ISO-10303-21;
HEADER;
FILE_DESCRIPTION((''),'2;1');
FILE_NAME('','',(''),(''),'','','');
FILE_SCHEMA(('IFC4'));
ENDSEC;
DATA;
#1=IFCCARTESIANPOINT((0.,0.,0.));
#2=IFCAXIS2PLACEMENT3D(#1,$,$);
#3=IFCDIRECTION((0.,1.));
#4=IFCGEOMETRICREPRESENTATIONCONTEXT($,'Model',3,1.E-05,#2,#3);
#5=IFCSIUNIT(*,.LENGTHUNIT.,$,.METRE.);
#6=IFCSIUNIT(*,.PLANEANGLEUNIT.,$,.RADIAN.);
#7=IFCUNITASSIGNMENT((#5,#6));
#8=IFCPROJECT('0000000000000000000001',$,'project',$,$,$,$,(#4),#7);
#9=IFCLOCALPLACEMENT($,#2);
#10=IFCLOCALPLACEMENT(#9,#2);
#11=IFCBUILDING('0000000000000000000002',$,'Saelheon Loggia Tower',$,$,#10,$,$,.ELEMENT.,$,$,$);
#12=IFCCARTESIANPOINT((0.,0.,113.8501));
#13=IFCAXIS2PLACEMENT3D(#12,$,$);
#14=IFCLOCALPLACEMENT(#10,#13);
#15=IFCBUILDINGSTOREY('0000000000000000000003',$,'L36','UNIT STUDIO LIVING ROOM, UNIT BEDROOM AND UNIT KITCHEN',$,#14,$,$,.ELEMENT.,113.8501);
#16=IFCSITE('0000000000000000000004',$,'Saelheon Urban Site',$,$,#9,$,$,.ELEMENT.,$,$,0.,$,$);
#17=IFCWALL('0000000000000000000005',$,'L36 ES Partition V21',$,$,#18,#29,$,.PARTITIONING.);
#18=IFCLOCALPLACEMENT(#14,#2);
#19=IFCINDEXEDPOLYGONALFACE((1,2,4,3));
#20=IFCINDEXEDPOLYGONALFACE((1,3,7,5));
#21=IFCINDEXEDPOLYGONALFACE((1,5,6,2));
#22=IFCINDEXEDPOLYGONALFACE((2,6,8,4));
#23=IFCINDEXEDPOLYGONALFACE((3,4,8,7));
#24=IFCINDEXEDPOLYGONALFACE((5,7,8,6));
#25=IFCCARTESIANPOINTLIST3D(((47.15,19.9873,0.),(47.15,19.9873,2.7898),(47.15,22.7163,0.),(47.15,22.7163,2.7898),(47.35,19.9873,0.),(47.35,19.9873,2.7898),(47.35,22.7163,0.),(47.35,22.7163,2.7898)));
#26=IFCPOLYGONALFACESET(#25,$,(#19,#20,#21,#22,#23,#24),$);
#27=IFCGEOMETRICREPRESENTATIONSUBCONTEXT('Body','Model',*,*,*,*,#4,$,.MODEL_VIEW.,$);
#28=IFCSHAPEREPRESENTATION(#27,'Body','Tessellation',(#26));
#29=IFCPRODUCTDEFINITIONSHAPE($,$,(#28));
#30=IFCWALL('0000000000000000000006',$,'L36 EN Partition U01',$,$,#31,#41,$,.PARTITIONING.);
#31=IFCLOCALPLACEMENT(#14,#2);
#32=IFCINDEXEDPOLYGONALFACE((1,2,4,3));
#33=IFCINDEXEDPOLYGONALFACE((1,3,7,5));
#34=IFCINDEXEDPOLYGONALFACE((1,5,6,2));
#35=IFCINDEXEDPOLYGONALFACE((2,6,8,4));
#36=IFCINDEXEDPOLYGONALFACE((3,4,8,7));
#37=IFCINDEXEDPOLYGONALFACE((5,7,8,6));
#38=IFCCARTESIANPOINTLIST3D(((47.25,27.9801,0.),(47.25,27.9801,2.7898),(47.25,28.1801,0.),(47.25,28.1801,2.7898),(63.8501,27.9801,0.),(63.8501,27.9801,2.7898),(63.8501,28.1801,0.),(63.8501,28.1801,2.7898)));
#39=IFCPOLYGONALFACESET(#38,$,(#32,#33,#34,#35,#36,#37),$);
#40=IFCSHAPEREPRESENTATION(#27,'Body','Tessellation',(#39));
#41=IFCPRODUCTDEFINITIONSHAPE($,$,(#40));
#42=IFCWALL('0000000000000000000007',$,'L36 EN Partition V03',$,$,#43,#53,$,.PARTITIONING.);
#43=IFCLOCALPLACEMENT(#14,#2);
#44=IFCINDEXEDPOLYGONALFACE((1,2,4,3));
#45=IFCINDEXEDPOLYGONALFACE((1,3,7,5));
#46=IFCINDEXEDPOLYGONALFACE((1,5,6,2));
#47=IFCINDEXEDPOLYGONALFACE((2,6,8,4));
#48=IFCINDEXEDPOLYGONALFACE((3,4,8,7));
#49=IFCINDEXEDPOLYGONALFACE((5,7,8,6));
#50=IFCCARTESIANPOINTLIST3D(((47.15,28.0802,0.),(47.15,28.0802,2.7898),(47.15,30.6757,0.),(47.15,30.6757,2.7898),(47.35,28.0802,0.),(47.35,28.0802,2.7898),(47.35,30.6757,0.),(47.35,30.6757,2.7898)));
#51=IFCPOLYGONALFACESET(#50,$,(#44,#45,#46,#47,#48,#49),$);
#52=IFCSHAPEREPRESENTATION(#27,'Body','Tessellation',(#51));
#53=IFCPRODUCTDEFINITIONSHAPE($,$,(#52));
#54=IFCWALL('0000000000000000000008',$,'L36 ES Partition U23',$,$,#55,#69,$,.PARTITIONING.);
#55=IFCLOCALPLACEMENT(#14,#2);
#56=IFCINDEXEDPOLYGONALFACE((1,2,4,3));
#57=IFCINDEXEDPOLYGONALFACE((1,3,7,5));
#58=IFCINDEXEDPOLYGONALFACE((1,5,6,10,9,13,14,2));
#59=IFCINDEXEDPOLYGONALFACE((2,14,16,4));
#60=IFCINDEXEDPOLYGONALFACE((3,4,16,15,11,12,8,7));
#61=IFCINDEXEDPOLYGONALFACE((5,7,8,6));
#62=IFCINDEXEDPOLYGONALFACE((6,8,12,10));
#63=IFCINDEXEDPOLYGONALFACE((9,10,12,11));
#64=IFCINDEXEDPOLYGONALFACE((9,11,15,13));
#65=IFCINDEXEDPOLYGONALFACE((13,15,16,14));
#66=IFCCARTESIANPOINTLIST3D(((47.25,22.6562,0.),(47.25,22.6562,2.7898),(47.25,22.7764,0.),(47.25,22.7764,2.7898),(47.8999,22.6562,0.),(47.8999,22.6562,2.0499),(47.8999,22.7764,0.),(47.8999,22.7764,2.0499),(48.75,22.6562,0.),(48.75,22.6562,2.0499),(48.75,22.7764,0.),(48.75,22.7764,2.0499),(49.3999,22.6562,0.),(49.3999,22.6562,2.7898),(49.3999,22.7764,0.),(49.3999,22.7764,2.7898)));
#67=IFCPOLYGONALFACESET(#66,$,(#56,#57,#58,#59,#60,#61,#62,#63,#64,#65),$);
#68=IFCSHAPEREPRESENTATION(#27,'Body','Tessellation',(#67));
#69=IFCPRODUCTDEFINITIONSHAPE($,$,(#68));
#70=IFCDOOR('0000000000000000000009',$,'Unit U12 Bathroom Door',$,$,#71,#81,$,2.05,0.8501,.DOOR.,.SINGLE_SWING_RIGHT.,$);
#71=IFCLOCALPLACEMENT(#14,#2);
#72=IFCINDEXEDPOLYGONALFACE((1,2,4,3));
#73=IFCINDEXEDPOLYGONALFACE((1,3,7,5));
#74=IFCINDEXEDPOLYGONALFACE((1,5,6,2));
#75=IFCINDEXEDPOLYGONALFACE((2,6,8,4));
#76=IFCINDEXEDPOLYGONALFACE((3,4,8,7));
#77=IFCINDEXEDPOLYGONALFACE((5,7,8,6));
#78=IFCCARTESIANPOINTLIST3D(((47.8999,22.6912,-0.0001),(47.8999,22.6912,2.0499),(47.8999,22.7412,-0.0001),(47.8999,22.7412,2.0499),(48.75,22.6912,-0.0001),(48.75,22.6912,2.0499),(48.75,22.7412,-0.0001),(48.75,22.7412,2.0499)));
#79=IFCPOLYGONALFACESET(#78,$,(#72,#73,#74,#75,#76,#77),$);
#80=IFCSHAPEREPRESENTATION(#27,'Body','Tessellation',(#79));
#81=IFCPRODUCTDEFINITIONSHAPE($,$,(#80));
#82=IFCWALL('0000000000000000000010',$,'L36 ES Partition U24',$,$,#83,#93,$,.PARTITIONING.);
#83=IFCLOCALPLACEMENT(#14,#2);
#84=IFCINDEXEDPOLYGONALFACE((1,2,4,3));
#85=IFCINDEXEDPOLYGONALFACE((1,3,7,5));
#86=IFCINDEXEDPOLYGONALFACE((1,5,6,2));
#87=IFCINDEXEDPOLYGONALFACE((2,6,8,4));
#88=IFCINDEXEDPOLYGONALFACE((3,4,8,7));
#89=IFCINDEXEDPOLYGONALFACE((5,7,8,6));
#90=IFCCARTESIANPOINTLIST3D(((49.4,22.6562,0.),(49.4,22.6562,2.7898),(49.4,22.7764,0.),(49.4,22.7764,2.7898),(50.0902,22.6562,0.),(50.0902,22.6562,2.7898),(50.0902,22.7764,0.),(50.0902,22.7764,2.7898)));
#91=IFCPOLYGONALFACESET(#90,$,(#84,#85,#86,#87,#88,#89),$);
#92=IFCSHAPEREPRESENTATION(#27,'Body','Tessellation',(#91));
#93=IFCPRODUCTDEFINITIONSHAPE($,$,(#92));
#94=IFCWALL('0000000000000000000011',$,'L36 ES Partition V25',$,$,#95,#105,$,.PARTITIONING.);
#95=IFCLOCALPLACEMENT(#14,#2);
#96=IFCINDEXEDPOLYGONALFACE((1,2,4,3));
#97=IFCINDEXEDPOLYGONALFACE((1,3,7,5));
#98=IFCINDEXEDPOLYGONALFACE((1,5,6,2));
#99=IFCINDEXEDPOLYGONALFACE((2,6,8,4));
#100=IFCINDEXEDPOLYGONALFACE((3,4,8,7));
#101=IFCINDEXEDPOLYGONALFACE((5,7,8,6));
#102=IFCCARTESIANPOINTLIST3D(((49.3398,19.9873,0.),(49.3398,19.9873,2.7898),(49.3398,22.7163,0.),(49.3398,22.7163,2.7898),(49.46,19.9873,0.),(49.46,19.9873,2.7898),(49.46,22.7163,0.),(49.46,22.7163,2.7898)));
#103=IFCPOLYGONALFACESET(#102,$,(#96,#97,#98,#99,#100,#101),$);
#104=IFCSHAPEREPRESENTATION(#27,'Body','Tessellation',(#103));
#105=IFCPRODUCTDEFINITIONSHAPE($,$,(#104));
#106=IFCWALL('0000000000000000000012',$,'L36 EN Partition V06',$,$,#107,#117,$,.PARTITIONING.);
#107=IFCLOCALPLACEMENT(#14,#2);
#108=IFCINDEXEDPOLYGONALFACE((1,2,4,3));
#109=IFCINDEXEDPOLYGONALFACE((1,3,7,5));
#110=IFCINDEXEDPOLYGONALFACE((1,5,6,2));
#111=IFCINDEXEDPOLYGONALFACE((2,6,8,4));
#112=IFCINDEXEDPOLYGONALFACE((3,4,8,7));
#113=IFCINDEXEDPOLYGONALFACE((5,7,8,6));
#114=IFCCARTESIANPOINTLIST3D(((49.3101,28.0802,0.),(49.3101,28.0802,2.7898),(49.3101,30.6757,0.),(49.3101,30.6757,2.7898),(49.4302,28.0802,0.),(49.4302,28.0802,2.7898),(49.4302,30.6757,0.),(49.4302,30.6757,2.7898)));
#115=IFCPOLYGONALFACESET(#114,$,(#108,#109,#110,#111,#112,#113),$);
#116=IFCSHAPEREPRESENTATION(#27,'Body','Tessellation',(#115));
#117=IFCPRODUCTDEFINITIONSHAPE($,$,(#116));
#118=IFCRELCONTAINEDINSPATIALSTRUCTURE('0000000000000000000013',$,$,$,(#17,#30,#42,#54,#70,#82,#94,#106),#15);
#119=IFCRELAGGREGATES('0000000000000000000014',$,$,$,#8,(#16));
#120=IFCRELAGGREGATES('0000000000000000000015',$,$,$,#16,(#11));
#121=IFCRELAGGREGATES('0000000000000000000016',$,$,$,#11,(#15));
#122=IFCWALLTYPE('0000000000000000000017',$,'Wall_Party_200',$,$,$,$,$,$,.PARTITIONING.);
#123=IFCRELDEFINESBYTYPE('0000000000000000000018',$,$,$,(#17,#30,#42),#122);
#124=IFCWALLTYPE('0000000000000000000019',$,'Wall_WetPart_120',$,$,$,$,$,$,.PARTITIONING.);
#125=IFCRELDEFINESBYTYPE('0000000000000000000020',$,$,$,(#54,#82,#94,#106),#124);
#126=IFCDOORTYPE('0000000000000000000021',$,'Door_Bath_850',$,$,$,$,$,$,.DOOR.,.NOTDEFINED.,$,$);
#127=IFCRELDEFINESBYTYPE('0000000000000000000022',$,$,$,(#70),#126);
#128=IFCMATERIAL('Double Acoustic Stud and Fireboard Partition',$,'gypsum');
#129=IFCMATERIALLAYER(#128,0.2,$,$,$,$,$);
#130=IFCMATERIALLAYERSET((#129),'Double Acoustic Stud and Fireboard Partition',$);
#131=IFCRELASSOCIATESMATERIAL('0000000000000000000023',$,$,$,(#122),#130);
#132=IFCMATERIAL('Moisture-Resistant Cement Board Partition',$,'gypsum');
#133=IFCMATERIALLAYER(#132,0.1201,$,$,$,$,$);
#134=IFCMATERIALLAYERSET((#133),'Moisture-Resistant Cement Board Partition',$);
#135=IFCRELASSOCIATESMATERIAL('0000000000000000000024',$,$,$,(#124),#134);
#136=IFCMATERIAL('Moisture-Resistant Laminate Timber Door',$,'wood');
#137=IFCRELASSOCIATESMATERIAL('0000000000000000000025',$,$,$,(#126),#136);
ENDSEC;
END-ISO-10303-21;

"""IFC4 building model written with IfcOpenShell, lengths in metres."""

from ifc_helpers import new_model, si_unit, direction, frame, frame_2d, origin, place, context, subcontext, project, spatial, rectangle, extrude, source, transform, mapped, material, layer, layer_set, type_object, element, fill, save


model = new_model("IFC4")

# Units and contexts
model_context = context("Model", 3, precision=1e-05, world=origin(), true_north=direction((0.0, 1.0)))
body_context = subcontext(model_context, "Body", "Model", "MODEL_VIEW")
ifc_project = project(units=[si_unit("LENGTHUNIT", "METRE"), si_unit("PLANEANGLEUNIT", "RADIAN")], contexts=[model_context])

# Site, building, storey
site_placement = place(None, origin())
site = spatial("IfcSite", under=ifc_project, at=site_placement, Name="Saelheon Urban Site", CompositionType="ELEMENT", RefElevation=0.0)
building_placement = place(site_placement, origin())
building = spatial("IfcBuilding", under=site, at=building_placement, Name="Saelheon Loggia Tower", CompositionType="ELEMENT")
storey_placement = place(building_placement, frame((0.0, 0.0, 113.8501)))
storey = spatial("IfcBuildingStorey", under=building, at=storey_placement, Name="L36", Description="UNIT STUDIO LIVING ROOM, UNIT BEDROOM AND UNIT KITCHEN", CompositionType="ELEMENT", Elevation=113.8501)

# Wall
ifc_material_1 = material(Name="Double Acoustic Stud and Fireboard Partition", Category="gypsum")
ifc_layer_1 = layer(ifc_material_1, 0.2)
ifc_layer_set_1 = layer_set([ifc_layer_1], Name="Double Acoustic Stud and Fireboard Partition")
wall_type_1 = type_object("IfcWallType", Name="Wall_Party_200", PredefinedType="PARTITIONING", material=ifc_layer_set_1)
wall_1_placement = place(storey_placement, frame((47.25, 19.9873, 0.0), z_axis=(0.0, 0.0, 1.0), x_axis=(0.0, 1.0, 0.0)))
element("IfcWall", 1, at=wall_1_placement, inside=storey, type_object=wall_type_1, Name="L36 ES Partition V21", PredefinedType="PARTITIONING", context=body_context, shape_type="SweptSolid", body=[
    extrude(rectangle(XDim=2.729, YDim=0.2, at=frame_2d((1.3645, 0.0))), origin(), (0.0, 0.0, 1.0), 2.7898),
])

# Walls
wall_2_placement = place(storey_placement, frame((47.25, 28.0801, 0.0), z_axis=(0.0, 0.0, 1.0), x_axis=(1.0, 0.0, 0.0)))
element("IfcWall", 2, at=wall_2_placement, inside=storey, type_object=wall_type_1, Name="L36 EN Partition U01", PredefinedType="PARTITIONING", context=body_context, shape_type="SweptSolid", body=[
    extrude(rectangle(XDim=16.6001, YDim=0.2, at=frame_2d((8.3, 0.0))), origin(), (0.0, 0.0, 1.0), 2.7898),
])
wall_3_placement = place(storey_placement, frame((47.25, 28.0801, 0.0), z_axis=(0.0, 0.0, 1.0), x_axis=(0.0, 1.0, 0.0)))
element("IfcWall", 3, at=wall_3_placement, inside=storey, type_object=wall_type_1, Name="L36 EN Partition V03", PredefinedType="PARTITIONING", context=body_context, shape_type="SweptSolid", body=[
    extrude(rectangle(XDim=2.5955, YDim=0.2, at=frame_2d((1.2979, 0.0))), origin(), (0.0, 0.0, 1.0), 2.7898),
])

# Wall, opening, door
ifc_material_2 = material(Name="Moisture-Resistant Cement Board Partition", Category="gypsum")
ifc_layer_2 = layer(ifc_material_2, 0.1201)
ifc_layer_set_2 = layer_set([ifc_layer_2], Name="Moisture-Resistant Cement Board Partition")
wall_type_2 = type_object("IfcWallType", Name="Wall_WetPart_120", PredefinedType="PARTITIONING", material=ifc_layer_set_2)
wall_4_placement = place(storey_placement, frame((47.25, 22.7163, 0.0), z_axis=(0.0, 0.0, 1.0), x_axis=(1.0, 0.0, 0.0)))
wall_4 = element("IfcWall", 4, at=wall_4_placement, inside=storey, type_object=wall_type_2, Name="L36 ES Partition U23", PredefinedType="PARTITIONING", context=body_context, shape_type="SweptSolid", body=[
    extrude(rectangle(XDim=2.1499, YDim=0.1201, at=frame_2d((1.075, 0.0))), origin(), (0.0, 0.0, 1.0), 2.7898),
])
opening_1_placement = place(wall_4_placement, frame((0.6499, 0.0, 0.0)))
opening_1 = element("IfcOpeningElement", 5, at=opening_1_placement, cuts=wall_4, PredefinedType="OPENING", context=body_context, shape_type="SweptSolid", body=[
    extrude(rectangle(XDim=0.8501, YDim=2.05, at=frame_2d((0.425, 1.0249))), frame((0.0, 0.072, 0.0), z_axis=(0.0, -1.0, 0.0), x_axis=(1.0, 0.0, 0.0)), (0.0, 0.0, 1.0), 0.144),
])
ifc_material_3 = material(Name="Moisture-Resistant Laminate Timber Door", Category="wood")
door_type_1 = type_object("IfcDoorType", Name="Door_Bath_850", OperationType="NOTDEFINED", PredefinedType="DOOR", material=ifc_material_3)
shared_shape_1 = source(origin(), body_context, "Body", "SweptSolid", [
    extrude(rectangle(XDim=0.8501, YDim=2.05, at=frame_2d((0.425, 1.0249))), frame((0.0, 0.0249, 0.0), z_axis=(0.0, -1.0, 0.0), x_axis=(1.0, 0.0, 0.0)), (0.0, 0.0, 1.0), 0.05),
])
door_1_placement = place(opening_1_placement, origin())
door_1 = element("IfcDoor", 6, at=door_1_placement, inside=storey, type_object=door_type_1, Name="Unit U12 Bathroom Door", OperationType="SINGLE_SWING_RIGHT", OverallHeight=2.05, OverallWidth=0.8501, PredefinedType="DOOR", context=body_context, shape_type="MappedRepresentation", body=[
    mapped(shared_shape_1, transform((0.0, 0.0, 0.0), scale=1.0)),
])
fill(opening_1, door_1)

# Walls
wall_5_placement = place(storey_placement, frame((49.3999, 22.7163, 0.0), z_axis=(0.0, 0.0, 1.0), x_axis=(1.0, 0.0, 0.0)))
element("IfcWall", 7, at=wall_5_placement, inside=storey, type_object=wall_type_2, Name="L36 ES Partition U24", PredefinedType="PARTITIONING", context=body_context, shape_type="SweptSolid", body=[
    extrude(rectangle(XDim=0.6902, YDim=0.1201, at=frame_2d((0.3452, 0.0))), origin(), (0.0, 0.0, 1.0), 2.7898),
])
wall_6_placement = place(storey_placement, frame((49.3999, 19.9873, 0.0), z_axis=(0.0, 0.0, 1.0), x_axis=(0.0, 1.0, 0.0)))
element("IfcWall", 8, at=wall_6_placement, inside=storey, type_object=wall_type_2, Name="L36 ES Partition V25", PredefinedType="PARTITIONING", context=body_context, shape_type="SweptSolid", body=[
    extrude(rectangle(XDim=2.729, YDim=0.1201, at=frame_2d((1.3645, 0.0))), origin(), (0.0, 0.0, 1.0), 2.7898),
])
wall_7_placement = place(storey_placement, frame((49.3701, 28.0801, 0.0), z_axis=(0.0, 0.0, 1.0), x_axis=(0.0, 1.0, 0.0)))
element("IfcWall", 9, at=wall_7_placement, inside=storey, type_object=wall_type_2, Name="L36 EN Partition V06", PredefinedType="PARTITIONING", context=body_context, shape_type="SweptSolid", body=[
    extrude(rectangle(XDim=2.5955, YDim=0.1201, at=frame_2d((1.2979, 0.0))), origin(), (0.0, 0.0, 1.0), 2.7898),
])

save(model, "model.ifc")
